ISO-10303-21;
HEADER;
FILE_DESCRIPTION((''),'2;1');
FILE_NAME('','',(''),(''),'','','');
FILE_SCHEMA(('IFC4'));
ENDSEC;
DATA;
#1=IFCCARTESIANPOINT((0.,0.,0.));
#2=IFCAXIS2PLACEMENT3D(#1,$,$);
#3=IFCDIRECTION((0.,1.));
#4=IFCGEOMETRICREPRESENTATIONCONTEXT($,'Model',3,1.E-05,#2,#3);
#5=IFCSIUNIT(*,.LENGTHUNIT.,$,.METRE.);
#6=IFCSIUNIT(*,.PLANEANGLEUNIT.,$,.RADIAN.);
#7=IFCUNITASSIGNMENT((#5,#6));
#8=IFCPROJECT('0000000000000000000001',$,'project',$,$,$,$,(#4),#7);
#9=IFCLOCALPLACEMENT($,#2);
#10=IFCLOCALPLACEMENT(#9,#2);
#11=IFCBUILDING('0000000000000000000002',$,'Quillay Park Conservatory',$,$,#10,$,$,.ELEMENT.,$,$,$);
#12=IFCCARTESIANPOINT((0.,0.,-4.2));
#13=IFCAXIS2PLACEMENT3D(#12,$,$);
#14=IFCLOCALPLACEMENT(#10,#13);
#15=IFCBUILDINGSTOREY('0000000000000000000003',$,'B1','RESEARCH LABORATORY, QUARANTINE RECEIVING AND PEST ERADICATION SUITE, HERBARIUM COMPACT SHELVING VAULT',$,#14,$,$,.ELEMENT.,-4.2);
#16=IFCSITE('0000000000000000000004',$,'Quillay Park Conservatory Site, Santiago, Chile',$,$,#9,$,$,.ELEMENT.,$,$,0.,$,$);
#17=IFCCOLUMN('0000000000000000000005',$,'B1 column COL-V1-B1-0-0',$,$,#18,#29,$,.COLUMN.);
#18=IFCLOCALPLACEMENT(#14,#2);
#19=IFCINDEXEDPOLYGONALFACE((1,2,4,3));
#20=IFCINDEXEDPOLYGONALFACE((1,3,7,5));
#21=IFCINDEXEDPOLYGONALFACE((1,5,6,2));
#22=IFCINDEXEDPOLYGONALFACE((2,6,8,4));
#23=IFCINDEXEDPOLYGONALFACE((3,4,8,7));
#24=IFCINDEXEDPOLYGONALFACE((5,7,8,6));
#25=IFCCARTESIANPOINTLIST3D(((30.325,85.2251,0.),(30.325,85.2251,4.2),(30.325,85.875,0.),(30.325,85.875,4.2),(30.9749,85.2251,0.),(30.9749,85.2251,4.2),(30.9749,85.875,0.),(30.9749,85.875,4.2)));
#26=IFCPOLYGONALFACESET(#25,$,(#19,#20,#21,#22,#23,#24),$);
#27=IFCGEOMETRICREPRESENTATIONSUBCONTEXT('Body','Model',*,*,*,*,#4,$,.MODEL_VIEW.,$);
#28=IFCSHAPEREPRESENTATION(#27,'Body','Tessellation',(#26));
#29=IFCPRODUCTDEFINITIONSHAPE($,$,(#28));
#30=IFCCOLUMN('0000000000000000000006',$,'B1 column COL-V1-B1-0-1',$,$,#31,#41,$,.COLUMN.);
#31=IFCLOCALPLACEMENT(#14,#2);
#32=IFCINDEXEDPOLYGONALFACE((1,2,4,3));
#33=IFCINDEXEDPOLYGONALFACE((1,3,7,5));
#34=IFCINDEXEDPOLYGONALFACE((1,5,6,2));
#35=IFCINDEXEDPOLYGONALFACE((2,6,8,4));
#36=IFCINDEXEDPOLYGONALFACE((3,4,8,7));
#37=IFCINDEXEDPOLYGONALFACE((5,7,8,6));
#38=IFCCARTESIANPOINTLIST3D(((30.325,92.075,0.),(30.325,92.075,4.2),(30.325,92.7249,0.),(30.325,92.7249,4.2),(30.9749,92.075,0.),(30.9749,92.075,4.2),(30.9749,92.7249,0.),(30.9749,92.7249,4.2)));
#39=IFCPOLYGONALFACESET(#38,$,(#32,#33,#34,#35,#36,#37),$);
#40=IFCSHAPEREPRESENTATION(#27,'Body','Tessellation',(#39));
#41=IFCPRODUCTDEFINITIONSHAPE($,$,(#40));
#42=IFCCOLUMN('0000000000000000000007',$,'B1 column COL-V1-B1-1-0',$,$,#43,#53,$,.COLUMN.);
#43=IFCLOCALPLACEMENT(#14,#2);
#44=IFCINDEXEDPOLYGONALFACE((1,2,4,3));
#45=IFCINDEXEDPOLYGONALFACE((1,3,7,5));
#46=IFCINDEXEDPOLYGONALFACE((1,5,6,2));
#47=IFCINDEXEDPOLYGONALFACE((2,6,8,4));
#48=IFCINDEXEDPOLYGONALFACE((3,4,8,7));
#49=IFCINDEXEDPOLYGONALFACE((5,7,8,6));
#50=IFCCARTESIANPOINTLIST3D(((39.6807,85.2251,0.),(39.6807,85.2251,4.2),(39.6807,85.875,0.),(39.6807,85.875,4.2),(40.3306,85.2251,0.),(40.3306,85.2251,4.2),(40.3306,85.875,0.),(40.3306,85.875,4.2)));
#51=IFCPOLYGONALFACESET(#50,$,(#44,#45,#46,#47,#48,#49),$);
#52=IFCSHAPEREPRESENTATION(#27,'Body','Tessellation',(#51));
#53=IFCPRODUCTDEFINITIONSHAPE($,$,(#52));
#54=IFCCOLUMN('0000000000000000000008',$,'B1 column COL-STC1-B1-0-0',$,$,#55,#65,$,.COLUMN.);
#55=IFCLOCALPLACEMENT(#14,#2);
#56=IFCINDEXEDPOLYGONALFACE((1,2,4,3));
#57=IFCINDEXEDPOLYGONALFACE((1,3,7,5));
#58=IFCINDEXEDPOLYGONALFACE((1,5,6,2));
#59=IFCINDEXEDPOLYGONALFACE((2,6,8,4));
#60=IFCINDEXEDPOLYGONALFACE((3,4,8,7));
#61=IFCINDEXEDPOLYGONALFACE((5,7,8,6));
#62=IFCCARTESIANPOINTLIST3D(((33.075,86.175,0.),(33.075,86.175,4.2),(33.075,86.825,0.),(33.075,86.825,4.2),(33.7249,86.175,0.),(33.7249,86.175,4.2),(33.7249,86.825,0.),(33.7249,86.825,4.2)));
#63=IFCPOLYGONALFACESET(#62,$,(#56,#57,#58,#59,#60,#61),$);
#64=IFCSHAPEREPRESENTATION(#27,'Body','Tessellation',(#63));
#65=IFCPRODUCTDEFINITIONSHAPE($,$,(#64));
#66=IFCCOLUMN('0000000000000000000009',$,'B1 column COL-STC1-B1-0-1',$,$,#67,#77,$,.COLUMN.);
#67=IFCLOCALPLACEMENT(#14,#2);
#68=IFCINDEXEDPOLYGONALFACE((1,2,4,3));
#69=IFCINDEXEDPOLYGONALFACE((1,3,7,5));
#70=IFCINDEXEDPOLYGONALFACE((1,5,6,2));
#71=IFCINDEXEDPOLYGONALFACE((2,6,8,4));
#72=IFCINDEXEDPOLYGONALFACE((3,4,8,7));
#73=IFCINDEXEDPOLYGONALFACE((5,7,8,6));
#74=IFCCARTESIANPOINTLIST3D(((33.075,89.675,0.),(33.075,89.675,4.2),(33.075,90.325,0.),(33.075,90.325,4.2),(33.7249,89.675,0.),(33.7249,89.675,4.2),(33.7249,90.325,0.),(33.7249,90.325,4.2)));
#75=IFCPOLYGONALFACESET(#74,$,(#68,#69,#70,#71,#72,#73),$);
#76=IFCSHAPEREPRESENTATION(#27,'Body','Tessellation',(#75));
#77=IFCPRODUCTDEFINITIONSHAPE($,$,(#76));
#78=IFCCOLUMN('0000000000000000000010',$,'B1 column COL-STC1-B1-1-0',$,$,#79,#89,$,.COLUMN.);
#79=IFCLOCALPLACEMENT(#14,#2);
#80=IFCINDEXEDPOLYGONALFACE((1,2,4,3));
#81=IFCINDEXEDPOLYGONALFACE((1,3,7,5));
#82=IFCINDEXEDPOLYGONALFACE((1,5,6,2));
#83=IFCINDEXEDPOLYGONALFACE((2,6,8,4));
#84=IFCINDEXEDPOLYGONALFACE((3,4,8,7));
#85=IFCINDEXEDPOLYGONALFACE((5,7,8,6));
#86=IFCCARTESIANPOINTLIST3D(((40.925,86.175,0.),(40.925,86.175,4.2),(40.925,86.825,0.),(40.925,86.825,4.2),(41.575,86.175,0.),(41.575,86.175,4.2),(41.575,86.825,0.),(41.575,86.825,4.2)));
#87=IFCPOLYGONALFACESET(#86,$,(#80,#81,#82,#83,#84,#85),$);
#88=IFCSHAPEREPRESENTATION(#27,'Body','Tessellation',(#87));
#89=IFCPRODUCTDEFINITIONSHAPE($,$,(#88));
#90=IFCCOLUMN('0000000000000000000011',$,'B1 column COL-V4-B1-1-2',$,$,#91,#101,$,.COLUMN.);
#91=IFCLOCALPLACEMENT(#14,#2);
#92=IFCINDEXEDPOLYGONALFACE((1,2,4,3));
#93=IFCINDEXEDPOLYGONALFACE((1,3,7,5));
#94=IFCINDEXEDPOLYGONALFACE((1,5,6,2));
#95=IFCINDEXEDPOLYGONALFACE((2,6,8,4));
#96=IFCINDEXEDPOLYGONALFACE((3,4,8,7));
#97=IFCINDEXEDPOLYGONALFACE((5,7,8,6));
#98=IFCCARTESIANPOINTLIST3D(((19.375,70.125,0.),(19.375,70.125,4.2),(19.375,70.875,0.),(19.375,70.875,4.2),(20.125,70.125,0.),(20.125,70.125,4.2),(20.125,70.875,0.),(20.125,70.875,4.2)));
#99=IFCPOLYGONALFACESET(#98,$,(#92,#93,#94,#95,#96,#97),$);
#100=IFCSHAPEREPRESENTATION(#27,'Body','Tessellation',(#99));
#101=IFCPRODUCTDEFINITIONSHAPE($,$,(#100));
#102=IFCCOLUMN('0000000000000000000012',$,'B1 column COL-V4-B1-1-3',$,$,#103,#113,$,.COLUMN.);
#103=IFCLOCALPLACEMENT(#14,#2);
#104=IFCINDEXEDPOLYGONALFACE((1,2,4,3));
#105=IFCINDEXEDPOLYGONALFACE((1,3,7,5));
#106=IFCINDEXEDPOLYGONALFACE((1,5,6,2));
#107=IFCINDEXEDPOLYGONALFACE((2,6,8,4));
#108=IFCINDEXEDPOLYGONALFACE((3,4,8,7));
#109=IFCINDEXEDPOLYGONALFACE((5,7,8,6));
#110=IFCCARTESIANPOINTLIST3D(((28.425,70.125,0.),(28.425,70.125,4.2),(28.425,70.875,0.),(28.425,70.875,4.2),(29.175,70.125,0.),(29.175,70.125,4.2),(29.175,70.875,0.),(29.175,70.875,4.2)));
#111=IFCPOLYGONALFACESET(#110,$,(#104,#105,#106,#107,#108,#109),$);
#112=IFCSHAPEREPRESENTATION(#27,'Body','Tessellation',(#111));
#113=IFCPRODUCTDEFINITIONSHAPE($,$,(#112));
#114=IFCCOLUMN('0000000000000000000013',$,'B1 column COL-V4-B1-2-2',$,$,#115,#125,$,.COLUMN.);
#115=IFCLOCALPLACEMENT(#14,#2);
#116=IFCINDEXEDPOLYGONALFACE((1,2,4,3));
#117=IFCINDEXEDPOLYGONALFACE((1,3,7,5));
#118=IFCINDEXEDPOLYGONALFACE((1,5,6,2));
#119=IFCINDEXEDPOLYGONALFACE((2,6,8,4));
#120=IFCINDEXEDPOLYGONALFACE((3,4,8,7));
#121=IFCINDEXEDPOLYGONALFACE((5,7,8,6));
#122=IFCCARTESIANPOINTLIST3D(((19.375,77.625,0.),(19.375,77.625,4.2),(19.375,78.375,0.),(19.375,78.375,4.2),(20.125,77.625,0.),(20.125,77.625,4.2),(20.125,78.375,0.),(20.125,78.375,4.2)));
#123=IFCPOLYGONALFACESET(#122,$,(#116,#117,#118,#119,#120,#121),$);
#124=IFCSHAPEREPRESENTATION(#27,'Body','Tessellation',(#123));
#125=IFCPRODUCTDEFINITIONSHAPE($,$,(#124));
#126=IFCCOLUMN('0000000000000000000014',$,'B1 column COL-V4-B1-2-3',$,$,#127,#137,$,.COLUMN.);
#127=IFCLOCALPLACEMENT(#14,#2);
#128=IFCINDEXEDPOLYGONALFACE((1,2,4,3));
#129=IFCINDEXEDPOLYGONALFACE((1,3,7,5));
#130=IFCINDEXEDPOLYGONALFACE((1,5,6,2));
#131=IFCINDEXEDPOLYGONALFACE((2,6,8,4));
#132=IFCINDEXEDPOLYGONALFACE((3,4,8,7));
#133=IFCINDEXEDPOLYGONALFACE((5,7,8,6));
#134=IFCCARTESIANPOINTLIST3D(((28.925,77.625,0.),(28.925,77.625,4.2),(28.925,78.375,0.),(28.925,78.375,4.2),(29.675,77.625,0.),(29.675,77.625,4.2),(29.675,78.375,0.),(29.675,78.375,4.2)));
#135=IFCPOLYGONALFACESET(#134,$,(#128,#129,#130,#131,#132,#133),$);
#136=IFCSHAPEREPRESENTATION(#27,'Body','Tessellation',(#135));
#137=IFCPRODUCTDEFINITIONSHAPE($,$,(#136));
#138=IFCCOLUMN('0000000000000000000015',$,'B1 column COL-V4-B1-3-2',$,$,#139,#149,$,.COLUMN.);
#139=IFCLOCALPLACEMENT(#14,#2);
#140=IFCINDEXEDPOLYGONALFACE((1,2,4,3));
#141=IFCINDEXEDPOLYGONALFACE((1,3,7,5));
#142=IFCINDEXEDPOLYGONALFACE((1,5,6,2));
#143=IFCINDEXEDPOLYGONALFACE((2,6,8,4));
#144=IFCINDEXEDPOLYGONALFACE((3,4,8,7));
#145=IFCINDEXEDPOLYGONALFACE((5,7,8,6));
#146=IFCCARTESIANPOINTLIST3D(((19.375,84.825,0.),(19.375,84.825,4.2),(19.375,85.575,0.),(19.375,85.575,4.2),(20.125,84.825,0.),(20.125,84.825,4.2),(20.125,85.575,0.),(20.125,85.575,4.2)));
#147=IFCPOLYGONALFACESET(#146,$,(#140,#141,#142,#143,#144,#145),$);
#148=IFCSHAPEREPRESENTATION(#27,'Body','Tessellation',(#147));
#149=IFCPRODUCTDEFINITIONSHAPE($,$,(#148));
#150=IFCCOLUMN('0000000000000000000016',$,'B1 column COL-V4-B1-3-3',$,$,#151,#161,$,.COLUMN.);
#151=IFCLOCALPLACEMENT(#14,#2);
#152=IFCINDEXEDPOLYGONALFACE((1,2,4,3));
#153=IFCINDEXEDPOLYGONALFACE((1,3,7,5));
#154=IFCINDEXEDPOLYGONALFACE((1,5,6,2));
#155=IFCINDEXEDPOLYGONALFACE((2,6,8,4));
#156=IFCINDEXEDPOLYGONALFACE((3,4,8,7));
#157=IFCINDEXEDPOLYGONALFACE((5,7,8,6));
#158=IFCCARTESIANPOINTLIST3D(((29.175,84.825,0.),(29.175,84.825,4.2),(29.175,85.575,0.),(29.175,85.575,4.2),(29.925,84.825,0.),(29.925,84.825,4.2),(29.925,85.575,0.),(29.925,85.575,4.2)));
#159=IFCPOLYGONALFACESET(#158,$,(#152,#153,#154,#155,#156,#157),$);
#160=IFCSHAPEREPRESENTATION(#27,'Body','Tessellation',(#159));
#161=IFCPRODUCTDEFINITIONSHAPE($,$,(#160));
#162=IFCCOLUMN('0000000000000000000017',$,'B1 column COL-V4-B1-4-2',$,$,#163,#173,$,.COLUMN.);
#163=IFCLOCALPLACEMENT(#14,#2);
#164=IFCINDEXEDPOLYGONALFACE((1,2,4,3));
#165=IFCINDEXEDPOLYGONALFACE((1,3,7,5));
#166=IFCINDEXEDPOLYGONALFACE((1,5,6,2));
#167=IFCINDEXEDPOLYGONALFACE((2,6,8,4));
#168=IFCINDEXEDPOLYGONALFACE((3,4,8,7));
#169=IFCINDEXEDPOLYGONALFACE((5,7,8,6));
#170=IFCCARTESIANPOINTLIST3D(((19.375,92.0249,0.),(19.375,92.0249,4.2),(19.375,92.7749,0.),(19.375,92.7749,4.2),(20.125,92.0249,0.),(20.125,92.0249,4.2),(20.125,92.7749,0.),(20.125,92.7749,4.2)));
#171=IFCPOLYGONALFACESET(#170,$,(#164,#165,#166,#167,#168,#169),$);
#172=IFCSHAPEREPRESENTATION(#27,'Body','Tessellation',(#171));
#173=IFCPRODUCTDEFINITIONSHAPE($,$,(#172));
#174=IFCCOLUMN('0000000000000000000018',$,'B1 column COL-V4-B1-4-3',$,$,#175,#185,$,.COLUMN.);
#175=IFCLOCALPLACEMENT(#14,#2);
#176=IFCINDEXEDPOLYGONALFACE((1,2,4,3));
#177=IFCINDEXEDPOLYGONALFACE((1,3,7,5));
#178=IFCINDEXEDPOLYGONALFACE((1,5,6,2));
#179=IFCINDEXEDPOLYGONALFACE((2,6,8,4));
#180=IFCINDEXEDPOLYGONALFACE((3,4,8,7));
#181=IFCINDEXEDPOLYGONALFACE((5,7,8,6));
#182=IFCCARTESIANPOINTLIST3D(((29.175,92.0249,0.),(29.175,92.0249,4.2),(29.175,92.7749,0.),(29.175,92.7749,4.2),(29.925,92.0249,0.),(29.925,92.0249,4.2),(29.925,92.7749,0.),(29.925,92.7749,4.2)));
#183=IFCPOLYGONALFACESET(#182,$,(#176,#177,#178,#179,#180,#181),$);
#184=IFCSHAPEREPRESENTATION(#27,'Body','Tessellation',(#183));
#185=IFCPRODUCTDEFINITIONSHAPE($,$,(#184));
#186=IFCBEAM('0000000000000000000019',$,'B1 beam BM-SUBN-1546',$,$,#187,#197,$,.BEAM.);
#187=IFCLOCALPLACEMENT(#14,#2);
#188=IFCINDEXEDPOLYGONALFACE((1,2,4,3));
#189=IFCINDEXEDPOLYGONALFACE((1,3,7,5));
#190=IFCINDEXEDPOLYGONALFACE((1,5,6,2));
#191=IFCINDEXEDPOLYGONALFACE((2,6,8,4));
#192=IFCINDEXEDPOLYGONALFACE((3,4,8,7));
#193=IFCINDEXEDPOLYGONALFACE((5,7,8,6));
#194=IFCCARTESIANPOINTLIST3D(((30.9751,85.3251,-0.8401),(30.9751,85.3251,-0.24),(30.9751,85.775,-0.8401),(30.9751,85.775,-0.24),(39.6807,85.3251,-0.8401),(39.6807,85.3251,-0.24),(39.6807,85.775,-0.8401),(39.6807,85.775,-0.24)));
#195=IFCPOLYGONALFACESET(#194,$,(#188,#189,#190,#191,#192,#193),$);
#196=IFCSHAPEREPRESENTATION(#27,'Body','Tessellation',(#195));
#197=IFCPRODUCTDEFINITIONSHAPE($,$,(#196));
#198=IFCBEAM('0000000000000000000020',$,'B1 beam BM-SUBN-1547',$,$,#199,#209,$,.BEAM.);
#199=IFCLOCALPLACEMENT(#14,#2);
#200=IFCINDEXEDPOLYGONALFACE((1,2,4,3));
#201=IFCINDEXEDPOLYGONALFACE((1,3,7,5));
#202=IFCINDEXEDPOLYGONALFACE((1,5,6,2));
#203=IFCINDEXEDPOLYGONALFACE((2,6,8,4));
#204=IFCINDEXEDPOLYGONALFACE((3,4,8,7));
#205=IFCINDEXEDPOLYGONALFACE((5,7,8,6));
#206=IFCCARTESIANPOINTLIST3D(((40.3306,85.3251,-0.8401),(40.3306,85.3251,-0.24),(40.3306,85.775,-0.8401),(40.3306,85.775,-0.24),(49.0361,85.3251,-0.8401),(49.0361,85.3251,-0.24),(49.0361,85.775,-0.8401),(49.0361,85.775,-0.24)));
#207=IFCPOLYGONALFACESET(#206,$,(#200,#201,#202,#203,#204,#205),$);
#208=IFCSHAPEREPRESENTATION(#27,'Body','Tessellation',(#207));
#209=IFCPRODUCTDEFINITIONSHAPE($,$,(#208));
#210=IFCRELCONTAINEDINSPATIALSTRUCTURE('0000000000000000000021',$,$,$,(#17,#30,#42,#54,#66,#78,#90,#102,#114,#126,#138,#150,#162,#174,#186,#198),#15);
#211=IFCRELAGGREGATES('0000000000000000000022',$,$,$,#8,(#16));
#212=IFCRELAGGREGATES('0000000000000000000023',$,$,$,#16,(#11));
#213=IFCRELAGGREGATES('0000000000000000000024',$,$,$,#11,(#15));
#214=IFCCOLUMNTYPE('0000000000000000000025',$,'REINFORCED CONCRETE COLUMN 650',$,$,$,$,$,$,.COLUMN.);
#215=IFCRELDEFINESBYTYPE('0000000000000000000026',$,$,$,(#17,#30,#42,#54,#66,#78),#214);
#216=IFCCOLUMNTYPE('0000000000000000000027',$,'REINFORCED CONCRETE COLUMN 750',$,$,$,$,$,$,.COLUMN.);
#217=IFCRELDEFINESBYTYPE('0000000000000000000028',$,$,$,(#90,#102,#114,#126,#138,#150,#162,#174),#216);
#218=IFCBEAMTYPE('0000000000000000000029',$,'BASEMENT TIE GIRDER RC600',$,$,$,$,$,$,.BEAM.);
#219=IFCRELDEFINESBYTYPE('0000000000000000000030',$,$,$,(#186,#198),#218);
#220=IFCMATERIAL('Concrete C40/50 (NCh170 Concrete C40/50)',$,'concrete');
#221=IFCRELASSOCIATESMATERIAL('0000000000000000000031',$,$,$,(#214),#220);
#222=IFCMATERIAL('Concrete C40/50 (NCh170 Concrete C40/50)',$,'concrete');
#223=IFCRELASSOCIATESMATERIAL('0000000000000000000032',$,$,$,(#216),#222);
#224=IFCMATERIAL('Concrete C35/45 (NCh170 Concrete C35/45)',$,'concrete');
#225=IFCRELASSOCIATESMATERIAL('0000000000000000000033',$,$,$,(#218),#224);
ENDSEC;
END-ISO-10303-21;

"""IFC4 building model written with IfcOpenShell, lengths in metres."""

from ifc_helpers import new_model, si_unit, direction, frame, origin, origin_2d, place, context, subcontext, project, spatial, rectangle, extrude, material, material_profile, profile_set, type_object, element, save


model = new_model("IFC4")

# Units and contexts
model_context = context("Model", 3, precision=1e-05, world=origin(), true_north=direction((0.0, 1.0)))
body_context = subcontext(model_context, "Body", "Model", "MODEL_VIEW")
ifc_project = project(units=[si_unit("LENGTHUNIT", "METRE"), si_unit("PLANEANGLEUNIT", "RADIAN")], contexts=[model_context])

# Site, building, storey
site_placement = place(None, origin())
site = spatial("IfcSite", under=ifc_project, at=site_placement, Name="Quillay Park Conservatory Site, Santiago, Chile", CompositionType="ELEMENT", RefElevation=0.0)
building_placement = place(site_placement, origin())
building = spatial("IfcBuilding", under=site, at=building_placement, Name="Quillay Park Conservatory", CompositionType="ELEMENT")
storey_placement = place(building_placement, frame((0.0, 0.0, -4.2)))
storey = spatial("IfcBuildingStorey", under=building, at=storey_placement, Name="B1", Description="RESEARCH LABORATORY, QUARANTINE RECEIVING AND PEST ERADICATION SUITE, HERBARIUM COMPACT SHELVING VAULT", CompositionType="ELEMENT", Elevation=-4.2)

# Columns
ifc_material_1 = material(Name="Concrete C40/50 (NCh170 Concrete C40/50)", Category="concrete")
ifc_material_profile_1 = material_profile(ifc_material_1, rectangle(XDim=0.6499, YDim=0.6499, at=origin_2d()), Name="RC650x650")
ifc_profile_set_1 = profile_set([ifc_material_profile_1], Name="Concrete C40/50 (NCh170 Concrete C40/50)")
column_type_1 = type_object("IfcColumnType", Name="REINFORCED CONCRETE COLUMN 650", PredefinedType="COLUMN", material=ifc_profile_set_1)
for number, where, z_axis, x_axis, name in (
    (1, (30.6499, 85.55, 0.0), (0.0, 0.0, 1.0), (1.0, 0.0, 0.0), "B1 column COL-V1-B1-0-0"),
    (2, (30.6499, 92.3999, 0.0), (0.0, 0.0, 1.0), (1.0, 0.0, 0.0), "B1 column COL-V1-B1-0-1"),
    (3, (40.0056, 85.55, 0.0), (0.0, 0.0, 1.0), (1.0, 0.0, 0.0), "B1 column COL-V1-B1-1-0"),
    (4, (33.3999, 86.5, 0.0), (0.0, 0.0, 1.0), (1.0, 0.0, 0.0), "B1 column COL-STC1-B1-0-0"),
    (5, (33.3999, 90.0, 0.0), (0.0, 0.0, 1.0), (1.0, 0.0, 0.0), "B1 column COL-STC1-B1-0-1"),
    (6, (41.25, 86.5, 0.0), (0.0, 0.0, 1.0), (1.0, 0.0, 0.0), "B1 column COL-STC1-B1-1-0"),
):
    element("IfcColumn", number, at=place(storey_placement, frame(where, z_axis=z_axis, x_axis=x_axis)), inside=storey, type_object=column_type_1, Name=name, PredefinedType="COLUMN", context=body_context, shape_type="SweptSolid", body=[
        extrude(rectangle(XDim=0.6499, YDim=0.6499, at=origin_2d()), origin(), (0.0, 0.0, 1.0), 4.2),
    ])
ifc_material_2 = material(Name="Concrete C40/50 (NCh170 Concrete C40/50)", Category="concrete")
ifc_material_profile_2 = material_profile(ifc_material_2, rectangle(XDim=0.75, YDim=0.75, at=origin_2d()), Name="RC750x750")
ifc_profile_set_2 = profile_set([ifc_material_profile_2], Name="Concrete C40/50 (NCh170 Concrete C40/50)")
column_type_2 = type_object("IfcColumnType", Name="REINFORCED CONCRETE COLUMN 750", PredefinedType="COLUMN", material=ifc_profile_set_2)
for number, where, z_axis, x_axis, name in (
    (7, (19.75, 70.5, 0.0), (0.0, 0.0, 1.0), (1.0, 0.0, 0.0), "B1 column COL-V4-B1-1-2"),
    (8, (28.8, 70.5, 0.0), (0.0, 0.0, 1.0), (1.0, 0.0, 0.0), "B1 column COL-V4-B1-1-3"),
    (9, (19.75, 78.0, 0.0), (0.0, 0.0, 1.0), (1.0, 0.0, 0.0), "B1 column COL-V4-B1-2-2"),
    (10, (29.3, 78.0, 0.0), (0.0, 0.0, 1.0), (1.0, 0.0, 0.0), "B1 column COL-V4-B1-2-3"),
    (11, (19.75, 85.2, 0.0), (0.0, 0.0, 1.0), (1.0, 0.0, 0.0), "B1 column COL-V4-B1-3-2"),
    (12, (29.55, 85.2, 0.0), (0.0, 0.0, 1.0), (1.0, 0.0, 0.0), "B1 column COL-V4-B1-3-3"),
    (13, (19.75, 92.3999, 0.0), (0.0, 0.0, 1.0), (1.0, 0.0, 0.0), "B1 column COL-V4-B1-4-2"),
    (14, (29.55, 92.3999, 0.0), (0.0, 0.0, 1.0), (1.0, 0.0, 0.0), "B1 column COL-V4-B1-4-3"),
):
    element("IfcColumn", number, at=place(storey_placement, frame(where, z_axis=z_axis, x_axis=x_axis)), inside=storey, type_object=column_type_2, Name=name, PredefinedType="COLUMN", context=body_context, shape_type="SweptSolid", body=[
        extrude(rectangle(XDim=0.75, YDim=0.75, at=origin_2d()), origin(), (0.0, 0.0, 1.0), 4.2),
    ])

# Beams
ifc_material_3 = material(Name="Concrete C35/45 (NCh170 Concrete C35/45)", Category="concrete")
ifc_material_profile_3 = material_profile(ifc_material_3, rectangle(XDim=0.45, YDim=0.6001, at=origin_2d()), Name="RC600x450")
ifc_profile_set_3 = profile_set([ifc_material_profile_3], Name="Concrete C35/45 (NCh170 Concrete C35/45)")
beam_type_1 = type_object("IfcBeamType", Name="BASEMENT TIE GIRDER RC600", PredefinedType="BEAM", material=ifc_profile_set_3)
for number, where, z_axis, x_axis, name in (
    (15, (30.9751, 85.55, -0.54), (1.0, 0.0, 0.0), (0.0, 1.0, 0.0), "B1 beam BM-SUBN-1546"),
    (16, (40.3306, 85.55, -0.54), (1.0, 0.0, 0.0), (0.0, 1.0, 0.0), "B1 beam BM-SUBN-1547"),
):
    element("IfcBeam", number, at=place(storey_placement, frame(where, z_axis=z_axis, x_axis=x_axis)), inside=storey, type_object=beam_type_1, Name=name, PredefinedType="BEAM", context=body_context, shape_type="SweptSolid", body=[
        extrude(rectangle(XDim=0.45, YDim=0.6001, at=origin_2d()), origin(), (0.0, 0.0, 1.0), 8.7056),
    ])

save(model, "model.ifc")
